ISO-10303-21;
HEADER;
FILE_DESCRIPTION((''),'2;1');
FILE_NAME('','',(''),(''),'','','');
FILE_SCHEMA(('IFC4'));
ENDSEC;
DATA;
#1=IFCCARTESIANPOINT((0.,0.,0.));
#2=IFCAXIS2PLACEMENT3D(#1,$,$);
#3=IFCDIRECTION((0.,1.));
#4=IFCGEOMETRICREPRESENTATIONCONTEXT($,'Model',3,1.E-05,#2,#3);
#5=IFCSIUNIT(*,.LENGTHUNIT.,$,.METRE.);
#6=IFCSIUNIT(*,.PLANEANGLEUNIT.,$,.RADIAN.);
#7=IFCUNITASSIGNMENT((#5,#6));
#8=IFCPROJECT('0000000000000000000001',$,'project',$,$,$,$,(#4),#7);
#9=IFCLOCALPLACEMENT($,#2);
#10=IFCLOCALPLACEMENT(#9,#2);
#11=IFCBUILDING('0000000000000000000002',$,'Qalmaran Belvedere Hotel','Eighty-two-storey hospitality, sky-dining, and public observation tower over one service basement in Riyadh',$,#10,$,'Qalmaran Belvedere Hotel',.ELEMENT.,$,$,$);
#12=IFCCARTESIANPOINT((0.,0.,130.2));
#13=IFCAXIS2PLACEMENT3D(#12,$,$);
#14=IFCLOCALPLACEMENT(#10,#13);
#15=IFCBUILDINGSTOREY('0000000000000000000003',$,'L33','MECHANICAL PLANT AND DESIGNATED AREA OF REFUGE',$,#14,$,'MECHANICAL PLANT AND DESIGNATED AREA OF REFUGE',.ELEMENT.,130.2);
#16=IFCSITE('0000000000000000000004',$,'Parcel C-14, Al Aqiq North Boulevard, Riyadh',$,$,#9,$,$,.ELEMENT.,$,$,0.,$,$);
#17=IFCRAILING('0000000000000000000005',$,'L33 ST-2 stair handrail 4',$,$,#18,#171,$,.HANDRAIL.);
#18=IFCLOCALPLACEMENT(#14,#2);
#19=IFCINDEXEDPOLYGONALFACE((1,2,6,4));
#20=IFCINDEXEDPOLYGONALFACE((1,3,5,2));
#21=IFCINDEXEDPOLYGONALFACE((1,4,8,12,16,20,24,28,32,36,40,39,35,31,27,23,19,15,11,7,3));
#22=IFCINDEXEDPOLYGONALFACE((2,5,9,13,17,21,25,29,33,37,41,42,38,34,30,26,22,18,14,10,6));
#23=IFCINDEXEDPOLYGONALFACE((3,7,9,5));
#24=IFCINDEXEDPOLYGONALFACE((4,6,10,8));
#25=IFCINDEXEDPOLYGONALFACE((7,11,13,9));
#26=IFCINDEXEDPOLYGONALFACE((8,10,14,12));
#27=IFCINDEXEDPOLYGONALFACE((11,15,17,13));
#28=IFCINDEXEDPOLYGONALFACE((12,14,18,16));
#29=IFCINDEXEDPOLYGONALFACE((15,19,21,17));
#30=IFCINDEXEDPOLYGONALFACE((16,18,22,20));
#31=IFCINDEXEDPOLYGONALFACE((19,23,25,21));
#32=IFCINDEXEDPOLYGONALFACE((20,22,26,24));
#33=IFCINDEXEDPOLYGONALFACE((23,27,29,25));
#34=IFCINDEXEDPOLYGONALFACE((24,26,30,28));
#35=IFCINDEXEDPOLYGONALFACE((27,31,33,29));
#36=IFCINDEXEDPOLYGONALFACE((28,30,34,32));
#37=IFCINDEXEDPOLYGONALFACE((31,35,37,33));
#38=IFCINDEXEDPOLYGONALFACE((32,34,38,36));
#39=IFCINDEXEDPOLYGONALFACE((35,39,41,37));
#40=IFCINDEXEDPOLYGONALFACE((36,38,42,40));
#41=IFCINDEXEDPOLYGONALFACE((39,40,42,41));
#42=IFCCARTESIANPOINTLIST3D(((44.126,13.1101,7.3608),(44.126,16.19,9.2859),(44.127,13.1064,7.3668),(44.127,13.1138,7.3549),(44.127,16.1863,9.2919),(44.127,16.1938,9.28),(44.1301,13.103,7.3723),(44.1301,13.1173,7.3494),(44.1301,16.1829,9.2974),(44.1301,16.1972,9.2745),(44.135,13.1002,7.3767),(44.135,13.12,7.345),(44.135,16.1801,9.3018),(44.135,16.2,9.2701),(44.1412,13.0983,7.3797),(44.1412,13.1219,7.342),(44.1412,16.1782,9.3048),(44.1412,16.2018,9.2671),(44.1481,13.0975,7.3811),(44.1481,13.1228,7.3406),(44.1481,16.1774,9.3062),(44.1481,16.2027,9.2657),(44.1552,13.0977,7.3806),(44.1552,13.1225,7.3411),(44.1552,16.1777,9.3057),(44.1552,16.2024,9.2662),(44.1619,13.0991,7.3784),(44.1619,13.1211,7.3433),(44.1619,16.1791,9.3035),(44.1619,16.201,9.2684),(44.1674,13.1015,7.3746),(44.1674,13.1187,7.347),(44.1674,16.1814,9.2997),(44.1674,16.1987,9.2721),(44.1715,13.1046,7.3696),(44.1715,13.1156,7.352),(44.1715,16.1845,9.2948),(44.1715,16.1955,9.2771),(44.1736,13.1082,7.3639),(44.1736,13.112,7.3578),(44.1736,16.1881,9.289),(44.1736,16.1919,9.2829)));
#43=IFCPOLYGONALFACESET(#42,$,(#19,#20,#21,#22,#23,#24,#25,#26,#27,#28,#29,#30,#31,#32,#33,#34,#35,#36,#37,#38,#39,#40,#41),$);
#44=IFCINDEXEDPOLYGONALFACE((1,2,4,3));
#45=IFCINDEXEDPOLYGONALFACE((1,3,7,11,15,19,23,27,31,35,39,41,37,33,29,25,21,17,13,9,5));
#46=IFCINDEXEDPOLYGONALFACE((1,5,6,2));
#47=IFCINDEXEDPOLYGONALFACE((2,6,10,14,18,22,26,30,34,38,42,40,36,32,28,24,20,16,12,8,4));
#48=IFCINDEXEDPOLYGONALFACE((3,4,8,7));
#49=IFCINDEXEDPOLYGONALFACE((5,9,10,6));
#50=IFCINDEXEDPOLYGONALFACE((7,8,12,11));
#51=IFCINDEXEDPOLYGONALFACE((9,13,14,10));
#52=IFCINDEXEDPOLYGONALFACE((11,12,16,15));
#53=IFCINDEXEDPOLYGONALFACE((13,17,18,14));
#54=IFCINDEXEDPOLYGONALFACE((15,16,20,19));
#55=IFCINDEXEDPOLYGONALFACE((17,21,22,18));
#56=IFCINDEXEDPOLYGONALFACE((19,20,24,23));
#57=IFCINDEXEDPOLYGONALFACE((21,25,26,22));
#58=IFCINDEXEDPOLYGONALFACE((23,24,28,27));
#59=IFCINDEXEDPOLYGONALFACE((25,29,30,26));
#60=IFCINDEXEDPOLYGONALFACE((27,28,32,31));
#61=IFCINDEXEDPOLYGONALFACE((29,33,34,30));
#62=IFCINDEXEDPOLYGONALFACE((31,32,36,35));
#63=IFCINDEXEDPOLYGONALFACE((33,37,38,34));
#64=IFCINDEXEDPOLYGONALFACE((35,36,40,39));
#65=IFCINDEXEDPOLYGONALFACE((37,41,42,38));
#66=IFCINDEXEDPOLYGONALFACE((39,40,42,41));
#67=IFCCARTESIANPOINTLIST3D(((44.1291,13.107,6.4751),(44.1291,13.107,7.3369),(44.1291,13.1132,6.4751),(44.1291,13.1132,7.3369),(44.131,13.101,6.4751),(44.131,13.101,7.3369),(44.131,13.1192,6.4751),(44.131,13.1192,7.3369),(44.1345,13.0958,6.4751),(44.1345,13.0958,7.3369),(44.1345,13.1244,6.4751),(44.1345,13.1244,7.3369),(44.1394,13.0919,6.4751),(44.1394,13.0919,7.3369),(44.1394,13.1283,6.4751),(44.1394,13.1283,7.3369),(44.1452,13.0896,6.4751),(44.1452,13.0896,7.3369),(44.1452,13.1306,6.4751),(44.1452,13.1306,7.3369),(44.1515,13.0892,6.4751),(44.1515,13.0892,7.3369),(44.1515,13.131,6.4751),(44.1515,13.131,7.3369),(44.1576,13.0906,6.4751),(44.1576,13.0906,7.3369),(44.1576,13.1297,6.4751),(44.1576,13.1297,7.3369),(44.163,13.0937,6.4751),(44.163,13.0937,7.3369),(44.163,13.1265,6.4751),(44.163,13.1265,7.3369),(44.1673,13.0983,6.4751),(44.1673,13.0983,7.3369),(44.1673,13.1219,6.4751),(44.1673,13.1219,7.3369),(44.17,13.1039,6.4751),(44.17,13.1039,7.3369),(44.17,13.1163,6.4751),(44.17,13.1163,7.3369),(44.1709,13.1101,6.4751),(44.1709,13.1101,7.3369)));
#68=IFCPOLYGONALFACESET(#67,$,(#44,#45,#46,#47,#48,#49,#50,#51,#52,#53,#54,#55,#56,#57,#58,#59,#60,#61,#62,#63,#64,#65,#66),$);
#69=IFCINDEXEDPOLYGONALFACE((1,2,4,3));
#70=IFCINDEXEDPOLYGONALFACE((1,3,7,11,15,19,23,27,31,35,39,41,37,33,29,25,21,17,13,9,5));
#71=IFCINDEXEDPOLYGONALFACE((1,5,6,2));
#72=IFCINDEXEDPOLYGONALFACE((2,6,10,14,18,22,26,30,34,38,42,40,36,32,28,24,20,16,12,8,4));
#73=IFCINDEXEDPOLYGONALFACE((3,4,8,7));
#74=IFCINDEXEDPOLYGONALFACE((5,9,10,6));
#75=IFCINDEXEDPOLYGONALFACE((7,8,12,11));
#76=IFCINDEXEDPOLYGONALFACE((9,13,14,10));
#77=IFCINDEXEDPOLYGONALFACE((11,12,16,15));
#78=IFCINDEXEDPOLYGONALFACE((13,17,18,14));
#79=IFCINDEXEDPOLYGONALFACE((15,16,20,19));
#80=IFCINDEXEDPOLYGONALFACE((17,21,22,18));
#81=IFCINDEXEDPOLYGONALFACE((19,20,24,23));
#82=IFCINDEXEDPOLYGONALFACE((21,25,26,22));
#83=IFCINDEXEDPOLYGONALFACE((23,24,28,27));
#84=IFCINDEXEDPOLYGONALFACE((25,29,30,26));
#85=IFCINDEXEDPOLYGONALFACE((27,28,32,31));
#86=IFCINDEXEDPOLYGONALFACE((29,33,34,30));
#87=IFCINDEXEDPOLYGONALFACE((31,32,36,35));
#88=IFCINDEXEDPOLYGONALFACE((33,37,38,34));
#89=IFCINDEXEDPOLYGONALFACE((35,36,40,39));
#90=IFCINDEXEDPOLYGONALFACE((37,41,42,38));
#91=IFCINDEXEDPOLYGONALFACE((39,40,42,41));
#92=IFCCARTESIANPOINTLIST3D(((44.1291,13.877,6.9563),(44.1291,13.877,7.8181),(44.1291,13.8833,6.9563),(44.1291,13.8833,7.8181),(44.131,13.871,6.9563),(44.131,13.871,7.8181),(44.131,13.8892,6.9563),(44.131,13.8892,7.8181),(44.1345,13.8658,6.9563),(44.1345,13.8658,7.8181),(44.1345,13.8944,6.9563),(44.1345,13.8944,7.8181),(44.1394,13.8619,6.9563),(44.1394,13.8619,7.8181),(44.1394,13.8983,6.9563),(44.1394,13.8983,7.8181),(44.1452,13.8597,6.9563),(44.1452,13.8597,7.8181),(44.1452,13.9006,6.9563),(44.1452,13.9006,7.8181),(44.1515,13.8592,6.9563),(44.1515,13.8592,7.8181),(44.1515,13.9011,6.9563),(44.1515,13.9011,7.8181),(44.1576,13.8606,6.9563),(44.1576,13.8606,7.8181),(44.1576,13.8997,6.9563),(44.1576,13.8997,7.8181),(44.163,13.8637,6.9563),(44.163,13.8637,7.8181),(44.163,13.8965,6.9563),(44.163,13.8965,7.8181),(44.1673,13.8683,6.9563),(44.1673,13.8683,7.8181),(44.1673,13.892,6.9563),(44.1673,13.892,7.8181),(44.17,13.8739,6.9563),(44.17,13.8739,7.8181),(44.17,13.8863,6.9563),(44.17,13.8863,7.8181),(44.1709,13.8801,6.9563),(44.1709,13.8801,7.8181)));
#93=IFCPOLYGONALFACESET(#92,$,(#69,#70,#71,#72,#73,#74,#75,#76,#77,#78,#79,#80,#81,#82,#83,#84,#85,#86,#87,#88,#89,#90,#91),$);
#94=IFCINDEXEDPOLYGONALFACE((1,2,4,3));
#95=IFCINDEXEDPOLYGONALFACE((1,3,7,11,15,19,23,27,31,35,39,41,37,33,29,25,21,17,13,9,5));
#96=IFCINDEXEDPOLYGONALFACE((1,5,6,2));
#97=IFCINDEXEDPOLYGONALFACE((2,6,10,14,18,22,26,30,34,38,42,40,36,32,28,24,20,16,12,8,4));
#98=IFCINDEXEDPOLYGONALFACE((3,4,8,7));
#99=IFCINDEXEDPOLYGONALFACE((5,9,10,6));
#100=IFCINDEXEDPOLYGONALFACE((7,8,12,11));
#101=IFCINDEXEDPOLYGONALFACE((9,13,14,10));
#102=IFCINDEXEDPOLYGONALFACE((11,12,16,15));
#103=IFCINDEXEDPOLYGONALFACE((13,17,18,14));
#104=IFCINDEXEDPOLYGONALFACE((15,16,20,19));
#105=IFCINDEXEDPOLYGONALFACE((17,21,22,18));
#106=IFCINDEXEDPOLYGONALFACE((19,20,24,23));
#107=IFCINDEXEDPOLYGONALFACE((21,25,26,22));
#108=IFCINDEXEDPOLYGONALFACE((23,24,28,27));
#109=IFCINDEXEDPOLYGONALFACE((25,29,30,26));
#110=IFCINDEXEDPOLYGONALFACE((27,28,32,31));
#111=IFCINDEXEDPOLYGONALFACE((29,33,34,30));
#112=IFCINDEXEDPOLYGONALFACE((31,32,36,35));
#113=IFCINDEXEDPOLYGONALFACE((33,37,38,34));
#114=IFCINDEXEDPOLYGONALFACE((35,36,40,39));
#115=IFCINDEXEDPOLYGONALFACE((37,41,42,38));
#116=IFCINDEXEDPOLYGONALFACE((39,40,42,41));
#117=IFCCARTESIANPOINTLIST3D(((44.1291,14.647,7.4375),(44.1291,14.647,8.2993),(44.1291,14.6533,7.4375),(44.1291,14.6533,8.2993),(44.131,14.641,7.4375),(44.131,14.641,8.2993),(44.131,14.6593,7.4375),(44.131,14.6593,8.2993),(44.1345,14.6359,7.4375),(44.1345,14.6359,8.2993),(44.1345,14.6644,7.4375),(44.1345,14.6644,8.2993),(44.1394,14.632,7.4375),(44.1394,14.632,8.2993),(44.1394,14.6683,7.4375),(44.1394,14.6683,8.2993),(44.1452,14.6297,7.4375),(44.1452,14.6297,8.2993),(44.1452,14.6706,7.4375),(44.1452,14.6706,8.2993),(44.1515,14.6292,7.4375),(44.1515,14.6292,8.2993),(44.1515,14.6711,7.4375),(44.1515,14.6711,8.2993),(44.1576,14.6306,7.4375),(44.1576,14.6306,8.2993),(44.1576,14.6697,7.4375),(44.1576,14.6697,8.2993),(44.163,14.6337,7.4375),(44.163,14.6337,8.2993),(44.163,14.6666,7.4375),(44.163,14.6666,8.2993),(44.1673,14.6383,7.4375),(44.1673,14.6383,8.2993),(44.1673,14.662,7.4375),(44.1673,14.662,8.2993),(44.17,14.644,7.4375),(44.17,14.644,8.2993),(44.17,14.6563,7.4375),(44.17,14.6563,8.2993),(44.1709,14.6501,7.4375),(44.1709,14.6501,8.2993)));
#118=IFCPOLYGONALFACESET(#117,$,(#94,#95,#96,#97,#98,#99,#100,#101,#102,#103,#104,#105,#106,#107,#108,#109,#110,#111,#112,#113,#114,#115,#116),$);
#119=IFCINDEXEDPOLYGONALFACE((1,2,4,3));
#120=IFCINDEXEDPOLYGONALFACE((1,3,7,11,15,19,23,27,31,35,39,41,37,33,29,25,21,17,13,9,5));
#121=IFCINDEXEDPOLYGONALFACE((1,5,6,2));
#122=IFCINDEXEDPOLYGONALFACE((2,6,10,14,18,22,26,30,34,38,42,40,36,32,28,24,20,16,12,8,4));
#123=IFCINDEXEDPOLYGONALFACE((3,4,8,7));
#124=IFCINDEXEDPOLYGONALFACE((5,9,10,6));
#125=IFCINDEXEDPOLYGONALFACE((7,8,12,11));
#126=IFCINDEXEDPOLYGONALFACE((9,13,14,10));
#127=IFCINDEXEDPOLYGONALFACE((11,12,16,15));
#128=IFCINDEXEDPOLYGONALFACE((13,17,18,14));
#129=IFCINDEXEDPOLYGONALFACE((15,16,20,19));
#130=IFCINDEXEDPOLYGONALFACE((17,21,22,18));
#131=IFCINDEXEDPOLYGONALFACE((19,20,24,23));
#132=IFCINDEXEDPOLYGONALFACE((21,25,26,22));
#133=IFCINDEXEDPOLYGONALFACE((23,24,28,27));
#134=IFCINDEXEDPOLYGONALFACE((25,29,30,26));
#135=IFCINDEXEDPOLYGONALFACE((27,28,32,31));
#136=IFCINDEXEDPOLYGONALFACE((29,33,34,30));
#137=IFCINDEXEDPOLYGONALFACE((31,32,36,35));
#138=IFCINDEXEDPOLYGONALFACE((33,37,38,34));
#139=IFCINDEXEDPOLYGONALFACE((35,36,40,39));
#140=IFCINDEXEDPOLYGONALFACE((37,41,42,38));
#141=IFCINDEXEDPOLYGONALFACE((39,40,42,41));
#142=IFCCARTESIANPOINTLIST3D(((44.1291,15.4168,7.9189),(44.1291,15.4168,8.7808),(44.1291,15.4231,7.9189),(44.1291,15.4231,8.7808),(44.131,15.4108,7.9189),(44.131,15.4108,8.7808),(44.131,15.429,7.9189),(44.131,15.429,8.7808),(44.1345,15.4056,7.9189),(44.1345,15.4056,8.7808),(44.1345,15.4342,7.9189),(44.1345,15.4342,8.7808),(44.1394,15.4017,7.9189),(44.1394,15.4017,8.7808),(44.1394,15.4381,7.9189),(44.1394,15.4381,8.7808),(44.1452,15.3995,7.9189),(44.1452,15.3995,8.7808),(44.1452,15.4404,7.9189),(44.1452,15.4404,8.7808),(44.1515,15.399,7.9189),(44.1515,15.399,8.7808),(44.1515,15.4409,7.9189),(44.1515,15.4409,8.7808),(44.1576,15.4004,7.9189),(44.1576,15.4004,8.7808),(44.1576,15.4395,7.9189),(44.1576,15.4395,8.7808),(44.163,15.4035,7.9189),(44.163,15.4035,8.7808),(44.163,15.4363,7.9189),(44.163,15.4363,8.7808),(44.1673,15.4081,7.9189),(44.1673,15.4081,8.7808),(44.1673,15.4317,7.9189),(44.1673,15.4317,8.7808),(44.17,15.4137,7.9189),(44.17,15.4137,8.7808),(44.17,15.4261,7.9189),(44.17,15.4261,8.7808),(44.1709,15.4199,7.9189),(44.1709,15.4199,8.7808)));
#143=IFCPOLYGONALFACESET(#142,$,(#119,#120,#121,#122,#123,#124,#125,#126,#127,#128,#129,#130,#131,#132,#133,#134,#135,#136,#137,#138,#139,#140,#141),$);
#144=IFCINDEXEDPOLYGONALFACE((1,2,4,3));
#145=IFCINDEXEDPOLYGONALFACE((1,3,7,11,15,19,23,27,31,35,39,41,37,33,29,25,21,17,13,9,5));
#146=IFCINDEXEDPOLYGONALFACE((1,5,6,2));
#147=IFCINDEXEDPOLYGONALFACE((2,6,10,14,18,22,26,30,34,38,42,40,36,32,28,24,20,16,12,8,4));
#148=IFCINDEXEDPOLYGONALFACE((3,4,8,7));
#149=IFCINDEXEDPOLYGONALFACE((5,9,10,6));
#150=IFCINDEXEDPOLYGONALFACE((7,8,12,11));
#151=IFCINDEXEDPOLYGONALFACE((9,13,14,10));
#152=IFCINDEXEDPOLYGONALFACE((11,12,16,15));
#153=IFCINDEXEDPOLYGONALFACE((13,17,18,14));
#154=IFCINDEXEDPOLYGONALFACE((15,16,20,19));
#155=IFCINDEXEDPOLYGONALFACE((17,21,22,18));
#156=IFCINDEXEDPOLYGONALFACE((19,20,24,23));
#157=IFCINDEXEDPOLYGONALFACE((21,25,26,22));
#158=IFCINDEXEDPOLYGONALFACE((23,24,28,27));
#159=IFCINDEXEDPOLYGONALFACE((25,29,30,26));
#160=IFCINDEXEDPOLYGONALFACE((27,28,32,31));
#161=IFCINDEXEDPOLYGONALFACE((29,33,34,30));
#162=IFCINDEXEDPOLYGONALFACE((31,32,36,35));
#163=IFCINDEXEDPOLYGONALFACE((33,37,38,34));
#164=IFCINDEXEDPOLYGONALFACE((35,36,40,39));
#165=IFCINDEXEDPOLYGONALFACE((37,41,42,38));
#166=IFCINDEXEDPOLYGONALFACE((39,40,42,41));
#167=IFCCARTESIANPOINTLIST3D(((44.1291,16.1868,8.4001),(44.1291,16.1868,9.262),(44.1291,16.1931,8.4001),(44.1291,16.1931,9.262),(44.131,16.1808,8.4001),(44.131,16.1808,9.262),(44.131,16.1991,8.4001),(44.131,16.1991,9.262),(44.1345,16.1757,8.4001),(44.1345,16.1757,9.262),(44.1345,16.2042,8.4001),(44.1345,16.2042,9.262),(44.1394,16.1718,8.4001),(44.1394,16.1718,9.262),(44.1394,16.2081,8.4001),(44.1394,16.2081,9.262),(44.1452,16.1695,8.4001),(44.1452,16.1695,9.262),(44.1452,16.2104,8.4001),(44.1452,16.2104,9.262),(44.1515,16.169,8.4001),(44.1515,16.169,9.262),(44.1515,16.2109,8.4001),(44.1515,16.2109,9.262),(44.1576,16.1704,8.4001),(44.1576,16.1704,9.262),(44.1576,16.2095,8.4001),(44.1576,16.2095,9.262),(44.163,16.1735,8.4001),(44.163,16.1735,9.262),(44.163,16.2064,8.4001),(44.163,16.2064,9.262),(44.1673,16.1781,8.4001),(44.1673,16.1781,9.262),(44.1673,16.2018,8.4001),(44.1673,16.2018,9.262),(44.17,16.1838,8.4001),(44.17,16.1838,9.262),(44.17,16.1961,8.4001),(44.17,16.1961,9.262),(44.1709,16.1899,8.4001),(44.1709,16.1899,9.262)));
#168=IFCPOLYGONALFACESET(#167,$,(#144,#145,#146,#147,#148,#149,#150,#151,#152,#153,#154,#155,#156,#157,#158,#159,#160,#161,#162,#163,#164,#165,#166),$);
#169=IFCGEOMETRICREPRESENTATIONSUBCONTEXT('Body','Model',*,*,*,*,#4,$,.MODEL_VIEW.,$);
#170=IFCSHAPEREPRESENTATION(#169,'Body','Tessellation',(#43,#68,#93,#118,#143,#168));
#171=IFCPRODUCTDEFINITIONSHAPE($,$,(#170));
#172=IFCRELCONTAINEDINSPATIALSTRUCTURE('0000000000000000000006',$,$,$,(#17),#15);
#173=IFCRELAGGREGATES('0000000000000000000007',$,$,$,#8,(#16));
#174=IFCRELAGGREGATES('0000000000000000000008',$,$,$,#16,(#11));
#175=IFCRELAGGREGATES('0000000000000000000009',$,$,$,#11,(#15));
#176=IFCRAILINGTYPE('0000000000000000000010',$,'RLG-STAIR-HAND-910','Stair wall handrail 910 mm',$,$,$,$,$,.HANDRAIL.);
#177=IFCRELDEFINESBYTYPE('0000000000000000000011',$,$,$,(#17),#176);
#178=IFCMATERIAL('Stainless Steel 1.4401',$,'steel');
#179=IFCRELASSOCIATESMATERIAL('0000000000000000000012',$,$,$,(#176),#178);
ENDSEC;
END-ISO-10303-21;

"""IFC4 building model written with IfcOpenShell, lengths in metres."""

from ifc_helpers import new_model, si_unit, direction, frame, origin, origin_2d, place, context, subcontext, project, spatial, circle, extrude, material, type_object, element, save


model = new_model("IFC4")

# Units and contexts
model_context = context("Model", 3, precision=1e-05, world=origin(), true_north=direction((0.0, 1.0)))
body_context = subcontext(model_context, "Body", "Model", "MODEL_VIEW")
ifc_project = project(units=[si_unit("LENGTHUNIT", "METRE"), si_unit("PLANEANGLEUNIT", "RADIAN")], contexts=[model_context])

# Site, building, storey
site_placement = place(None, origin())
site = spatial("IfcSite", under=ifc_project, at=site_placement, Name="Parcel C-14, Al Aqiq North Boulevard, Riyadh", CompositionType="ELEMENT", RefElevation=0.0)
building_placement = place(site_placement, origin())
building = spatial("IfcBuilding", under=site, at=building_placement, Name="Qalmaran Belvedere Hotel", Description="Eighty-two-storey hospitality, sky-dining, and public observation tower over one service basement in Riyadh", LongName="Qalmaran Belvedere Hotel", CompositionType="ELEMENT")
storey_placement = place(building_placement, frame((0.0, 0.0, 130.2)))
storey = spatial("IfcBuildingStorey", under=building, at=storey_placement, Name="L33", Description="MECHANICAL PLANT AND DESIGNATED AREA OF REFUGE", LongName="MECHANICAL PLANT AND DESIGNATED AREA OF REFUGE", CompositionType="ELEMENT", Elevation=130.2)

# Railing
ifc_material_1 = material(Name="Stainless Steel 1.4401", Category="steel")
railing_type_1 = type_object("IfcRailingType", Name="RLG-STAIR-HAND-910", Description="Stair wall handrail 910 mm", PredefinedType="HANDRAIL", material=ifc_material_1)
railing_1_placement = place(storey_placement, frame((44.1499, 13.1101, 6.4751)))
element("IfcRailing", 1, at=railing_1_placement, inside=storey, type_object=railing_type_1, Name="L33 ST-2 stair handrail 4", PredefinedType="HANDRAIL", context=body_context, shape_type="SweptSolid", body=[
    extrude(circle(Radius=0.0239, at=origin_2d()), frame((0.0, 0.0, 0.8857), z_axis=(0.0, 0.847979, 0.530029), x_axis=(-1.0, 0.0, 0.0)), (0.0, 0.0, 1.0), 3.6321),
    extrude(circle(Radius=0.021, at=origin_2d()), origin(), (0.0, 0.0, 1.0), 0.8618),
    extrude(circle(Radius=0.021, at=origin_2d()), frame((0.0, 0.77, 0.4812)), (0.0, 0.0, 1.0), 0.8618),
    extrude(circle(Radius=0.021, at=origin_2d()), frame((0.0, 1.54, 0.9624)), (0.0, 0.0, 1.0), 0.8618),
    extrude(circle(Radius=0.021, at=origin_2d()), frame((0.0, 2.3098, 1.4438)), (0.0, 0.0, 1.0), 0.8618),
    extrude(circle(Radius=0.021, at=origin_2d()), frame((0.0, 3.0798, 1.925)), (0.0, 0.0, 1.0), 0.8618),
])

save(model, "model.ifc")
